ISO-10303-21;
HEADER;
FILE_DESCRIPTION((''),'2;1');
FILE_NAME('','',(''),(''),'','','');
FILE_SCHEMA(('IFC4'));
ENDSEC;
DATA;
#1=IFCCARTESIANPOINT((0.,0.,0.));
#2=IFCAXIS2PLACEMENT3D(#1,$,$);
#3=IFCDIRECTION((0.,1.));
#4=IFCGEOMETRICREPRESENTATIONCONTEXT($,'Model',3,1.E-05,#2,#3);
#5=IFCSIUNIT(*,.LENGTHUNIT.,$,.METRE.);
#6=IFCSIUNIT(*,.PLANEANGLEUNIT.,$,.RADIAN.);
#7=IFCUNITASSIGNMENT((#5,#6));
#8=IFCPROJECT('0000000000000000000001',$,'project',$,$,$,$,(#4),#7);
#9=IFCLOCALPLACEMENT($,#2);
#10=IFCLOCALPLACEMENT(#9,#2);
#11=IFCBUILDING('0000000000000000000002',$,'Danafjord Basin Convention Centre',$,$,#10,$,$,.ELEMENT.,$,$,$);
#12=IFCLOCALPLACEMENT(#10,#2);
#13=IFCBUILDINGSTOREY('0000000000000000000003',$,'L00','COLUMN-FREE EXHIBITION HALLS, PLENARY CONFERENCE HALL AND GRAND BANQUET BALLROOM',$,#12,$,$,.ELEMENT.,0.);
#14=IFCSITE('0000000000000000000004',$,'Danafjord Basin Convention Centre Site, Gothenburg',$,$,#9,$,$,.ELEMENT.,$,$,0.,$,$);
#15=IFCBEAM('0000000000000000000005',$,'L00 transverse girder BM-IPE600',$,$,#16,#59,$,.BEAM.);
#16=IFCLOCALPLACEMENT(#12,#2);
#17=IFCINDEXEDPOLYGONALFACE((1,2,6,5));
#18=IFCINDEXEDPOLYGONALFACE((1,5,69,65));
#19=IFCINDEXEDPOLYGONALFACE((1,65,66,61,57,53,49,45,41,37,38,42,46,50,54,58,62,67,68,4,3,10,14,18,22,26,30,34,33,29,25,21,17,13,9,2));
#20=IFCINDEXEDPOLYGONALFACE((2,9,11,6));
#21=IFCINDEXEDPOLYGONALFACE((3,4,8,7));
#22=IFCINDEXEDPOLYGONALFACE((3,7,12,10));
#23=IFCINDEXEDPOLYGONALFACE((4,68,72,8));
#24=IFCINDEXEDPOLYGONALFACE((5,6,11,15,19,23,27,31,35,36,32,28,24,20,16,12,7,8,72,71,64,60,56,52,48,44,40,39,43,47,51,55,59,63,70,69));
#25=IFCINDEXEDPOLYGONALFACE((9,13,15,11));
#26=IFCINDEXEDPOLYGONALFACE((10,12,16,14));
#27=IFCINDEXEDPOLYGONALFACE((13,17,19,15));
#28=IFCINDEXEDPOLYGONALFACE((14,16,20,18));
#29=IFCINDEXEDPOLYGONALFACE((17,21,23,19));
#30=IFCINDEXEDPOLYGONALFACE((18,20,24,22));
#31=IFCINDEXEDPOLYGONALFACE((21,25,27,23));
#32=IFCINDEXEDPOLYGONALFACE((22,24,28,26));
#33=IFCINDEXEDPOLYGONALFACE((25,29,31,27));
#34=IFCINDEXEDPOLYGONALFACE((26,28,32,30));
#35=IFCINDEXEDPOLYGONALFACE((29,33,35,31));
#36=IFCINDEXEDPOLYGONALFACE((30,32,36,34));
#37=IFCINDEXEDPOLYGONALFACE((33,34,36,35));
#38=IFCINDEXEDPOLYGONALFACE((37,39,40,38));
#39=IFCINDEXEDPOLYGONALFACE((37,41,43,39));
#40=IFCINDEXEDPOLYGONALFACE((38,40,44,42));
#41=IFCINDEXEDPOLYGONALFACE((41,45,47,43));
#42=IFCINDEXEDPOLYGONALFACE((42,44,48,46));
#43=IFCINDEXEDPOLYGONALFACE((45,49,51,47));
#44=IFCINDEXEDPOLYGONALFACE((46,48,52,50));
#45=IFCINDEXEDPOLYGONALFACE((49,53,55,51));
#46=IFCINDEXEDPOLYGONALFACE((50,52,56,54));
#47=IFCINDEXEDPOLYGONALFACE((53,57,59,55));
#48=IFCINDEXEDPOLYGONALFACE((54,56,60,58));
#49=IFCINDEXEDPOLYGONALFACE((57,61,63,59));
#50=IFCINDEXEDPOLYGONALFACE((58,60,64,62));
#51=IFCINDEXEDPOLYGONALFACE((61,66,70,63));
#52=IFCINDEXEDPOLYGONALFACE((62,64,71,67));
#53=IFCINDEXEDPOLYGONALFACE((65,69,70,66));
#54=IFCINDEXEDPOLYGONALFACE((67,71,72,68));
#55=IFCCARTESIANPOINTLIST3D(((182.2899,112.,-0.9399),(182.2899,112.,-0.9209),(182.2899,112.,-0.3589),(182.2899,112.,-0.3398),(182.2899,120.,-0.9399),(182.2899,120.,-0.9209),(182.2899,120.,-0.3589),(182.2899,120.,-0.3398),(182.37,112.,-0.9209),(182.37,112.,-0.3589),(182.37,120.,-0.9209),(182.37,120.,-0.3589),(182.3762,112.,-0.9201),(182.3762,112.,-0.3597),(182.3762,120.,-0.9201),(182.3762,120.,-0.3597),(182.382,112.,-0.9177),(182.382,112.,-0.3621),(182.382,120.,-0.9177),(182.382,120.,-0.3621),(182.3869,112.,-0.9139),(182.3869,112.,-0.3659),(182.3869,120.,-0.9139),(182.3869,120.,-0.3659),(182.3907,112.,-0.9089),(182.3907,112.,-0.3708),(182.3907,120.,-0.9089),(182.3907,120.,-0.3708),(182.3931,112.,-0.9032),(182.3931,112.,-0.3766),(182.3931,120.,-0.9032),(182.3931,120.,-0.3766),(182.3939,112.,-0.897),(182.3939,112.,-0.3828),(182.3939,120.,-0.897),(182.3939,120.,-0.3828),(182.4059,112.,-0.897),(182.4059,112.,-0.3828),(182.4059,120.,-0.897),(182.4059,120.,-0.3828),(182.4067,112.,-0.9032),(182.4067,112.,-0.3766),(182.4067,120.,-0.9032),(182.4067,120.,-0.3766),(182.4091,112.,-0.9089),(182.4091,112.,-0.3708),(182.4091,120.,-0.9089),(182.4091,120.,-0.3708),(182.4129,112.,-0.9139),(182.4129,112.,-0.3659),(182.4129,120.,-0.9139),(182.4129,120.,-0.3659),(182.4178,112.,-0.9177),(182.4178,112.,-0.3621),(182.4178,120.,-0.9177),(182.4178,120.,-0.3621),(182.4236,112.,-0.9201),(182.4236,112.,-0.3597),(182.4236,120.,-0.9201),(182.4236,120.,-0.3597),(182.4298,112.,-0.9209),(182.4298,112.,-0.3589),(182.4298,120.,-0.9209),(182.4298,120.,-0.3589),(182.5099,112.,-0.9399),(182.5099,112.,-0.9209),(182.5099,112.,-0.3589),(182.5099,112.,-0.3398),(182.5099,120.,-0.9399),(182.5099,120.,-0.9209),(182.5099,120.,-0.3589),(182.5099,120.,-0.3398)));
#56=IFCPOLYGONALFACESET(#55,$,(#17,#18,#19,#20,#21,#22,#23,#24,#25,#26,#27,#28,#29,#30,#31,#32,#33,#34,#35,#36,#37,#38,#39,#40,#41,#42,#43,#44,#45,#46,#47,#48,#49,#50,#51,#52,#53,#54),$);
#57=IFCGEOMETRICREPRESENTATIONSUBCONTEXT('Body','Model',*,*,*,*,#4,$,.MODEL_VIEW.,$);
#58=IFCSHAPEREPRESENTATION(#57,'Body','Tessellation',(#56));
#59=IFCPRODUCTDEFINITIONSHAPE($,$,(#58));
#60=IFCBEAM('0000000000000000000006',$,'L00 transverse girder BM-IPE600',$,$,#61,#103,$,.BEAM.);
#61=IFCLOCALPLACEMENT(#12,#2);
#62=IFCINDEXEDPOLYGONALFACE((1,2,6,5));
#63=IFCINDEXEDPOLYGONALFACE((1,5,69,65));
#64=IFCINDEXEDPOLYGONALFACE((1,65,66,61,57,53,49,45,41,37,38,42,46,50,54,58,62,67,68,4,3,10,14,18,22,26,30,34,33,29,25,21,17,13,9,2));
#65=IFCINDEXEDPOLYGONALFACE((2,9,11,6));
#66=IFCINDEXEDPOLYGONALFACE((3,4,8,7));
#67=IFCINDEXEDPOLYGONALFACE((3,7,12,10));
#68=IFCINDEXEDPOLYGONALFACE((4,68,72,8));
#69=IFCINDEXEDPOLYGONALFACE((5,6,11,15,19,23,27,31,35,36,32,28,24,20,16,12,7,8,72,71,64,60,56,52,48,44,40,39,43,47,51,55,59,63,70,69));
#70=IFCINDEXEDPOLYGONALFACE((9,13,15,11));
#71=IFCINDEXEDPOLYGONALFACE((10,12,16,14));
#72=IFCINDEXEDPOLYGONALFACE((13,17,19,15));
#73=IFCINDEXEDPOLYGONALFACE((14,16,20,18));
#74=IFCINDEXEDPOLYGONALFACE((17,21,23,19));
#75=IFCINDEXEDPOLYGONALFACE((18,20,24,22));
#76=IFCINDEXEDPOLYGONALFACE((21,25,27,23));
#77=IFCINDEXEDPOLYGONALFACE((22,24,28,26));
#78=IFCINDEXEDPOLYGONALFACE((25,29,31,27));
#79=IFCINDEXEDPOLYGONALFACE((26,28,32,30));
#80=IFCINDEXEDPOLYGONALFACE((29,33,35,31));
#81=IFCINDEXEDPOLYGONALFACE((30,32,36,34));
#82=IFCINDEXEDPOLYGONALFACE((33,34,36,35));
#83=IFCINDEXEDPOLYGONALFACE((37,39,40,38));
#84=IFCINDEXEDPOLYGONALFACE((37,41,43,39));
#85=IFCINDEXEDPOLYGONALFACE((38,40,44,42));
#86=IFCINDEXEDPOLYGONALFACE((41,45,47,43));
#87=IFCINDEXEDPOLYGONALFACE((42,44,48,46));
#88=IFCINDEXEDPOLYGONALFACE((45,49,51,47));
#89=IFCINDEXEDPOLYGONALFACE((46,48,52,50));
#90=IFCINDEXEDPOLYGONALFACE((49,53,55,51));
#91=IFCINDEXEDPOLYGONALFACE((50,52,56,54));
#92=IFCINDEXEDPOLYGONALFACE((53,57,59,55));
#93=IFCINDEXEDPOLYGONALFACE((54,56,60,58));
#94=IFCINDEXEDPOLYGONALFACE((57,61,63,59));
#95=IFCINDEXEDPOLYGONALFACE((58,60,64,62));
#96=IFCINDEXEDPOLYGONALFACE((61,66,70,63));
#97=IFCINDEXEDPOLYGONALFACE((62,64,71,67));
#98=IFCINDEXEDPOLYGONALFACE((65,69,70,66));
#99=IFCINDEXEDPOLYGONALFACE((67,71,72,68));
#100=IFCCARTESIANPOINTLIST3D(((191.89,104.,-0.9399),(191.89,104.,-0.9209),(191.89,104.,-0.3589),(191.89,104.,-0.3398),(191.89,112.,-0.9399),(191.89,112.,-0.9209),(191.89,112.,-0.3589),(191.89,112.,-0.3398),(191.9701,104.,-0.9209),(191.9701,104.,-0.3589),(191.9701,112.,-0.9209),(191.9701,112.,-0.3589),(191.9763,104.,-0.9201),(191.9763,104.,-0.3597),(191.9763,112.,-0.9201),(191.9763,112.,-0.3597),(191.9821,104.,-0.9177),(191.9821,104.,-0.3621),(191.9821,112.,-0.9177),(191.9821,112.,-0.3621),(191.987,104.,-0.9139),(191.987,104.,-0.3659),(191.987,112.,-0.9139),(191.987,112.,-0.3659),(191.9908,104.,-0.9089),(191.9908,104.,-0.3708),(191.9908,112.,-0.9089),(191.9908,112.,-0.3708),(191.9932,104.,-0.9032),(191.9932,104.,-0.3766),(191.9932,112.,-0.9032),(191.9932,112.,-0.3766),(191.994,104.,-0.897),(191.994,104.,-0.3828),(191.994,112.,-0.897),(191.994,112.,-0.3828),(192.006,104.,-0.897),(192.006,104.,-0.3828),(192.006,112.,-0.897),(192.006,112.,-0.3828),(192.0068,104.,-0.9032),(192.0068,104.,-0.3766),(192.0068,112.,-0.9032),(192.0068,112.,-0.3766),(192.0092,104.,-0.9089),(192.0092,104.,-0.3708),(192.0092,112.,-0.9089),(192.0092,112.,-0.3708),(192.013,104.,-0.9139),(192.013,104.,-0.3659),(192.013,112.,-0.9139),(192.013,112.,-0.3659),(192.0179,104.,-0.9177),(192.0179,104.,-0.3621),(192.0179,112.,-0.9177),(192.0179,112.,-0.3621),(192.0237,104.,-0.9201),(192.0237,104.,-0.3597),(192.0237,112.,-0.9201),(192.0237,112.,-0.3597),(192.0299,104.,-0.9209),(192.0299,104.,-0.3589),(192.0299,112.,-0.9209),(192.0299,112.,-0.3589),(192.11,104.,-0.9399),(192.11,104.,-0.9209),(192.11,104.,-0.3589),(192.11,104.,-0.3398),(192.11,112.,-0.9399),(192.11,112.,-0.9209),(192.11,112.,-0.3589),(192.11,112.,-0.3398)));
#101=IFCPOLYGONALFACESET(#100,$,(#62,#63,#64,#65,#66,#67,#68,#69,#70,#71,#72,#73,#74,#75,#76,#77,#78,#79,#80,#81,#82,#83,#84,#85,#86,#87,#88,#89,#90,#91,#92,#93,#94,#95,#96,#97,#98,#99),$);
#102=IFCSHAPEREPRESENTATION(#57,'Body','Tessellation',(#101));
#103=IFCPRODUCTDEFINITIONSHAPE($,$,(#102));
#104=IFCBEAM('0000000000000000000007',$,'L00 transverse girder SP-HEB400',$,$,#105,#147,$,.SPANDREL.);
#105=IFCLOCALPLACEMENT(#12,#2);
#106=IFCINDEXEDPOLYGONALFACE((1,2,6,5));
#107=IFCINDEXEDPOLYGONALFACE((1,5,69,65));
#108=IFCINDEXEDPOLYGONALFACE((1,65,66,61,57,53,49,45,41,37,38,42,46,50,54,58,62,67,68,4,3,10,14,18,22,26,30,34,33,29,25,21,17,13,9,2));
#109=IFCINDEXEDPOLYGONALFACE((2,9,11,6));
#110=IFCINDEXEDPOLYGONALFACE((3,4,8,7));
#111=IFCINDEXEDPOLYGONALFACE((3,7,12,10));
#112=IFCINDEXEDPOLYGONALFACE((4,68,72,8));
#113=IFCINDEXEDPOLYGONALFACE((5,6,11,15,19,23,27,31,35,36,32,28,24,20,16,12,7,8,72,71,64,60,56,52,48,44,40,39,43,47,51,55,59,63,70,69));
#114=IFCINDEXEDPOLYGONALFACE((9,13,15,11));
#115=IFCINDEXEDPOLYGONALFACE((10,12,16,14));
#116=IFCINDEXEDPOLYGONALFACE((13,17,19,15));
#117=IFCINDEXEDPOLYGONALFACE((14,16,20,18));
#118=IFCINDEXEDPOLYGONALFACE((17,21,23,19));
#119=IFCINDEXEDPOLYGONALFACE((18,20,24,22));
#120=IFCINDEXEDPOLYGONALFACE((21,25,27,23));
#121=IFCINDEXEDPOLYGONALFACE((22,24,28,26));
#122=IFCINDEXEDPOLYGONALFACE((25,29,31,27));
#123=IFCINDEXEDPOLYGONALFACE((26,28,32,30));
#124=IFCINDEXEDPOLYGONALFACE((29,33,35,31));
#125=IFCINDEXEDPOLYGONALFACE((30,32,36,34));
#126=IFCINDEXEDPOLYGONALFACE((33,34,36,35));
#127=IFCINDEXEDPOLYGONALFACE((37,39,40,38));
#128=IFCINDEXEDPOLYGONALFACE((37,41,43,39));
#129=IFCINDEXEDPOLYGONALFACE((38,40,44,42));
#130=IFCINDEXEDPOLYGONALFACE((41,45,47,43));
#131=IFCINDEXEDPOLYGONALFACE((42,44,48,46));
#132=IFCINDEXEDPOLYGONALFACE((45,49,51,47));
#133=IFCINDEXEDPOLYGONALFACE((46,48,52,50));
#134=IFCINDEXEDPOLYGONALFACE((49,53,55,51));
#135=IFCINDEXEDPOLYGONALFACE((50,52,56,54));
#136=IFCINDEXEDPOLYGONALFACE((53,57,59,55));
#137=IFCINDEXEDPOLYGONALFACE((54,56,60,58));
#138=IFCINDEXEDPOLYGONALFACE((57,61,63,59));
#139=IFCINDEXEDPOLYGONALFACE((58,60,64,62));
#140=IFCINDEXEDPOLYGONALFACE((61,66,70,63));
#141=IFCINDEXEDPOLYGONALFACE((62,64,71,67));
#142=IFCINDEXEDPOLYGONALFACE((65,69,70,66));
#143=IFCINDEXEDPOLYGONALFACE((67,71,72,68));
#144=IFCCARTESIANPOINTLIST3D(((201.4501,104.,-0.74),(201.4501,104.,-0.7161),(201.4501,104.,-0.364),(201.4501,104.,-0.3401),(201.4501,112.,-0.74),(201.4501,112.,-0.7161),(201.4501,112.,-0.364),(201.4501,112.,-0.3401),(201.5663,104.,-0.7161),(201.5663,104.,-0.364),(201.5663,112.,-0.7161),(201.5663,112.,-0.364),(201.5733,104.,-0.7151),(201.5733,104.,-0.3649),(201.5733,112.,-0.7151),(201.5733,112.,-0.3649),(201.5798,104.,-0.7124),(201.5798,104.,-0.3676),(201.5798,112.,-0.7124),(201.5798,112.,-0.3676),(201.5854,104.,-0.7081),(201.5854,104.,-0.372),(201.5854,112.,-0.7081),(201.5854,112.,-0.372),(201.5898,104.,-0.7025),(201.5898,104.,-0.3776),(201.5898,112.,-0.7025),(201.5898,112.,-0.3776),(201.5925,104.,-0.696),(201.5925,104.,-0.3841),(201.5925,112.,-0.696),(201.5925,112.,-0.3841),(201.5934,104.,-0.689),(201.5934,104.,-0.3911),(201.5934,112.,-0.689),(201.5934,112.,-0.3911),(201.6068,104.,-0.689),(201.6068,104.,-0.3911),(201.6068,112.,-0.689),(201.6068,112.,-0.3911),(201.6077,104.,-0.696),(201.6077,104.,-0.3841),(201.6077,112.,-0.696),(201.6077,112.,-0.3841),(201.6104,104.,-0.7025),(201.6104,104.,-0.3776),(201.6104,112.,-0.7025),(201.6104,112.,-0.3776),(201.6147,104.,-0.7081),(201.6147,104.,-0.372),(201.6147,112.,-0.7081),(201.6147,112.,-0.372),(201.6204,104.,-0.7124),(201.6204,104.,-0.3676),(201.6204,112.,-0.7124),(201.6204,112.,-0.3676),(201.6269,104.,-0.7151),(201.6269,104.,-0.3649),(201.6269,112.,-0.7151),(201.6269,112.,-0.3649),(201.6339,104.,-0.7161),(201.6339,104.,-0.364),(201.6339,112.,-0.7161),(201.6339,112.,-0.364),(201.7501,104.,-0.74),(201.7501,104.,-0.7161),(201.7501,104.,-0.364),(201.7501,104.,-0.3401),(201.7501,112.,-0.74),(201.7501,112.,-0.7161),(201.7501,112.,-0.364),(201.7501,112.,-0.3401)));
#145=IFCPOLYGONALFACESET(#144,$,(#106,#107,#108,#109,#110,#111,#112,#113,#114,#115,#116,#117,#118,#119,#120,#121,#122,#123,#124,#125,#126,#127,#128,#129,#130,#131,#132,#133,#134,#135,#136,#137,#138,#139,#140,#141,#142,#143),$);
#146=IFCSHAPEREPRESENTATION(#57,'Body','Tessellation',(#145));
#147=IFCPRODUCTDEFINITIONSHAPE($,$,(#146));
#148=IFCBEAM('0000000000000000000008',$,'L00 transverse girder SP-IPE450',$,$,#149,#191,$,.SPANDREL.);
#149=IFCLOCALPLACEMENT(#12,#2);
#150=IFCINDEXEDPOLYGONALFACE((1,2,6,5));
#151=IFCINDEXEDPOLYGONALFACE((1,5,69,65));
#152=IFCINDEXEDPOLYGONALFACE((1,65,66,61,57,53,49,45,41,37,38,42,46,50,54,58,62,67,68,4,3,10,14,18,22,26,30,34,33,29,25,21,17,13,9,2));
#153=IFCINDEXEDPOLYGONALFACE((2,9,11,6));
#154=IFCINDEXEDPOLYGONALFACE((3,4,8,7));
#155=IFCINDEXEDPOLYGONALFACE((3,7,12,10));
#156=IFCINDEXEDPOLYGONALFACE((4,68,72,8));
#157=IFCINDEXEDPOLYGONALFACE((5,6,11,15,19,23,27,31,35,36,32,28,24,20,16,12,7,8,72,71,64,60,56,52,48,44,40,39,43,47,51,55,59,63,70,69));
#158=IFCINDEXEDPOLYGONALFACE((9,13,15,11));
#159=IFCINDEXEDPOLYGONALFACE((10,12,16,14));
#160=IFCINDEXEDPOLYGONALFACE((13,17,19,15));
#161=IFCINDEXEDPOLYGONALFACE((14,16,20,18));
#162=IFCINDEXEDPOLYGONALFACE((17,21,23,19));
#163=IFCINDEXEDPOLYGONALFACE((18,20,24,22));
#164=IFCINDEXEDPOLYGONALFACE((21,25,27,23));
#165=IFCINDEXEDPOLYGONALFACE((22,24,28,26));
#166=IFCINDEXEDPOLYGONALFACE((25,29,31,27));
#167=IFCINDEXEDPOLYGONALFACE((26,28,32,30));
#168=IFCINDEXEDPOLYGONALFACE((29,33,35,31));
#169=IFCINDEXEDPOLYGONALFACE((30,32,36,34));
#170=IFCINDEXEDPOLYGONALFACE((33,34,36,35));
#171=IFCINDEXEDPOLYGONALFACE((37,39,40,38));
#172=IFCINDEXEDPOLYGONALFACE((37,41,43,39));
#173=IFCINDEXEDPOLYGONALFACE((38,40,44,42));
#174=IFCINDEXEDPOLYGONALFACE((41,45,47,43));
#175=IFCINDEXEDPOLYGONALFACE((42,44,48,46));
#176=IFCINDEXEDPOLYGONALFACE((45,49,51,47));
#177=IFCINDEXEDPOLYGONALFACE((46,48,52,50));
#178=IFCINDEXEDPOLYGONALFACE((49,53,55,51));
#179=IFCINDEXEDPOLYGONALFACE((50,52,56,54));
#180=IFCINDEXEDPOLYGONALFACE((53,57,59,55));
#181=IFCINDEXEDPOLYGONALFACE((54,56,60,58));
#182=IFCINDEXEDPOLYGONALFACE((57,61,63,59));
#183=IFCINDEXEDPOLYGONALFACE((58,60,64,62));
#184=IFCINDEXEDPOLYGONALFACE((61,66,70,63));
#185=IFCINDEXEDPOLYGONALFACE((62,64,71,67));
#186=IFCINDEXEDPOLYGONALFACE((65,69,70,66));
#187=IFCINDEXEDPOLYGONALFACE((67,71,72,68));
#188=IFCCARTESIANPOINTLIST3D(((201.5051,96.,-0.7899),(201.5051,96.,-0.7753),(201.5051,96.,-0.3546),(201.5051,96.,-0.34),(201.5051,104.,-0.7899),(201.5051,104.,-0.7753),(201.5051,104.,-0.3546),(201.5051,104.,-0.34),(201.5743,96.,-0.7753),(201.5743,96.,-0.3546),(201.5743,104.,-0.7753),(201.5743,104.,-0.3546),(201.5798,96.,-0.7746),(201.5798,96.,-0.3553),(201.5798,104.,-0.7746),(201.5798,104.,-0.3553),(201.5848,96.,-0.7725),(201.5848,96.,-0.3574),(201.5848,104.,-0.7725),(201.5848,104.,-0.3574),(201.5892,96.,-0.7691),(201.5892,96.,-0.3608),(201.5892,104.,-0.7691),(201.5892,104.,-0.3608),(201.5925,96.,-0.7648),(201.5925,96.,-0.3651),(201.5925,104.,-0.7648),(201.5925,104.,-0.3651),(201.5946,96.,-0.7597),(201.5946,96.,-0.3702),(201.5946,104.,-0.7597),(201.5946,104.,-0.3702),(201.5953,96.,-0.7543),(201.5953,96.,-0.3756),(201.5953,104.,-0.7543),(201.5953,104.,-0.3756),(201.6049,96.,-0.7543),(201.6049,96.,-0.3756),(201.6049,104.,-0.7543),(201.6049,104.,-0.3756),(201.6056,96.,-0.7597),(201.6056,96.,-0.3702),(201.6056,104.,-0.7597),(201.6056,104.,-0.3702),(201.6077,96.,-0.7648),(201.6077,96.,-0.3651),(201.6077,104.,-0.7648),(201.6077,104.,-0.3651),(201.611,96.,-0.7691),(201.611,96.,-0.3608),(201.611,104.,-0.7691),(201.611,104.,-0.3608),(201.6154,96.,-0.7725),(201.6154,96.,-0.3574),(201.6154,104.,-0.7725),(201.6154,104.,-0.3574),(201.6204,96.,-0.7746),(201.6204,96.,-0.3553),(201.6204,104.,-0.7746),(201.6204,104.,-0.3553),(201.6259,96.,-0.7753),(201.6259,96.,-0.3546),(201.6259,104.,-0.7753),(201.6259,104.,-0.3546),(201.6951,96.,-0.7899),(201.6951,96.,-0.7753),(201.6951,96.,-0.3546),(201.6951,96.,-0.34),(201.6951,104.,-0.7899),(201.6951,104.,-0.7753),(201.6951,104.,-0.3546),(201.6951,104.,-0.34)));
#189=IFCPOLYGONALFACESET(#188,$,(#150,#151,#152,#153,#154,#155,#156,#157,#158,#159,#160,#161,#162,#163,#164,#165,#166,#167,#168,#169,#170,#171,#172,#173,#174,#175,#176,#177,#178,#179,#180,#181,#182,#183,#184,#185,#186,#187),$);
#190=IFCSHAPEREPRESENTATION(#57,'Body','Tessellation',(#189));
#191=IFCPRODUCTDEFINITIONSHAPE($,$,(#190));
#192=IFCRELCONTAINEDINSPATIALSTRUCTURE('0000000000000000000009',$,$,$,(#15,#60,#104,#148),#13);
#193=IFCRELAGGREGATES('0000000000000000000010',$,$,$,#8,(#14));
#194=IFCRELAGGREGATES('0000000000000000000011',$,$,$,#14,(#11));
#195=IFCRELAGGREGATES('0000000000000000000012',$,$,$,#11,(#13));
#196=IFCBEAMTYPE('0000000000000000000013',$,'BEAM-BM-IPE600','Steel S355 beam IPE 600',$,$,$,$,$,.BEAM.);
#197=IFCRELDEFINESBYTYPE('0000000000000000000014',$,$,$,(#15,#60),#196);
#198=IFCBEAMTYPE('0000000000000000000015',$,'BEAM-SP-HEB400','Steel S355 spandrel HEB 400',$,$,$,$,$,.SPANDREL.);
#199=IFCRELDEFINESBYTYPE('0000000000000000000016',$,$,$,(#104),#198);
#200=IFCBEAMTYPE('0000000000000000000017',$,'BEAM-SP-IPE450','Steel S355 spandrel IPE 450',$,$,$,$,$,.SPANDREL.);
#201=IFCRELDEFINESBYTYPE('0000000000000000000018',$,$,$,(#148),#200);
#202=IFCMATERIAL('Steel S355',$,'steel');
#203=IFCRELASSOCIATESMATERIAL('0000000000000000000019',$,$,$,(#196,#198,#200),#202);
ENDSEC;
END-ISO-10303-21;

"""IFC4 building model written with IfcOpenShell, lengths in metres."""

from ifc_helpers import new_model, si_unit, direction, frame, origin, origin_2d, place, context, subcontext, project, spatial, i_section, extrude, material, material_profile, profile_set, type_object, element, save


model = new_model("IFC4")

# Units and contexts
model_context = context("Model", 3, precision=1e-05, world=origin(), true_north=direction((0.0, 1.0)))
body_context = subcontext(model_context, "Body", "Model", "MODEL_VIEW")
ifc_project = project(units=[si_unit("LENGTHUNIT", "METRE"), si_unit("PLANEANGLEUNIT", "RADIAN")], contexts=[model_context])

# Site, building, storey
site_placement = place(None, origin())
site = spatial("IfcSite", under=ifc_project, at=site_placement, Name="Danafjord Basin Convention Centre Site, Gothenburg", CompositionType="ELEMENT", RefElevation=0.0)
building_placement = place(site_placement, origin())
building = spatial("IfcBuilding", under=site, at=building_placement, Name="Danafjord Basin Convention Centre", CompositionType="ELEMENT")
storey_placement = place(building_placement, origin())
storey = spatial("IfcBuildingStorey", under=building, at=storey_placement, Name="L00", Description="COLUMN-FREE EXHIBITION HALLS, PLENARY CONFERENCE HALL AND GRAND BANQUET BALLROOM", CompositionType="ELEMENT", Elevation=0.0)

# Shared definitions
ifc_material_1 = material(Name="Steel S355", Category="steel")

# Beams
ifc_material_profile_1 = material_profile(ifc_material_1, i_section(OverallWidth=0.22, OverallDepth=0.6001, WebThickness=0.012, FlangeThickness=0.019, FilletRadius=0.0239, at=origin_2d()), Name="IPE 600")
ifc_profile_set_1 = profile_set([ifc_material_profile_1], Name="Steel S355")
beam_type_1 = type_object("IfcBeamType", Name="BEAM-BM-IPE600", Description="Steel S355 beam IPE 600", PredefinedType="BEAM", material=ifc_profile_set_1)
for number, where, z_axis, x_axis, name in (
    (1, (182.3999, 112.0, -0.6399), (0.0, 1.0, 0.0), (-1.0, 0.0, 0.0), "L00 transverse girder BM-IPE600"),
    (2, (192.0, 104.0, -0.6399), (0.0, 1.0, 0.0), (-1.0, 0.0, 0.0), "L00 transverse girder BM-IPE600"),
):
    element("IfcBeam", number, at=place(storey_placement, frame(where, z_axis=z_axis, x_axis=x_axis)), inside=storey, type_object=beam_type_1, Name=name, PredefinedType="BEAM", context=body_context, shape_type="SweptSolid", body=[
        extrude(i_section(OverallWidth=0.22, OverallDepth=0.6001, WebThickness=0.012, FlangeThickness=0.019, FilletRadius=0.0239, at=origin_2d()), origin(), (0.0, 0.0, 1.0), 8.0),
    ])
ifc_material_profile_2 = material_profile(ifc_material_1, i_section(OverallWidth=0.3, OverallDepth=0.3999, WebThickness=0.0134, FlangeThickness=0.0239, FilletRadius=0.0271, at=origin_2d()), Name="HEB 400")
ifc_profile_set_2 = profile_set([ifc_material_profile_2], Name="Steel S355")
beam_type_2 = type_object("IfcBeamType", Name="BEAM-SP-HEB400", Description="Steel S355 spandrel HEB 400", PredefinedType="SPANDREL", material=ifc_profile_set_2)
beam_1_placement = place(storey_placement, frame((201.6001, 104.0, -0.54), z_axis=(0.0, 1.0, 0.0), x_axis=(-1.0, 0.0, 0.0)))
element("IfcBeam", 3, at=beam_1_placement, inside=storey, type_object=beam_type_2, Name="L00 transverse girder SP-HEB400", PredefinedType="SPANDREL", context=body_context, shape_type="SweptSolid", body=[
    extrude(i_section(OverallWidth=0.3, OverallDepth=0.3999, WebThickness=0.0134, FlangeThickness=0.0239, FilletRadius=0.0271, at=origin_2d()), origin(), (0.0, 0.0, 1.0), 8.0),
])
ifc_material_profile_3 = material_profile(ifc_material_1, i_section(OverallWidth=0.1899, OverallDepth=0.45, WebThickness=0.0095, FlangeThickness=0.0146, FilletRadius=0.021, at=origin_2d()), Name="IPE 450")
ifc_profile_set_3 = profile_set([ifc_material_profile_3], Name="Steel S355")
beam_type_3 = type_object("IfcBeamType", Name="BEAM-SP-IPE450", Description="Steel S355 spandrel IPE 450", PredefinedType="SPANDREL", material=ifc_profile_set_3)
for number, where, z_axis, x_axis, name in (
    (4, (201.6001, 96.0, -0.5649), (0.0, 1.0, 0.0), (-1.0, 0.0, 0.0), "L00 transverse girder SP-IPE450"),
):
    element("IfcBeam", number, at=place(storey_placement, frame(where, z_axis=z_axis, x_axis=x_axis)), inside=storey, type_object=beam_type_3, Name=name, PredefinedType="SPANDREL", context=body_context, shape_type="SweptSolid", body=[
        extrude(i_section(OverallWidth=0.1899, OverallDepth=0.45, WebThickness=0.0095, FlangeThickness=0.0146, FilletRadius=0.021, at=origin_2d()), origin(), (0.0, 0.0, 1.0), 8.0),
    ])

save(model, "model.ifc")
